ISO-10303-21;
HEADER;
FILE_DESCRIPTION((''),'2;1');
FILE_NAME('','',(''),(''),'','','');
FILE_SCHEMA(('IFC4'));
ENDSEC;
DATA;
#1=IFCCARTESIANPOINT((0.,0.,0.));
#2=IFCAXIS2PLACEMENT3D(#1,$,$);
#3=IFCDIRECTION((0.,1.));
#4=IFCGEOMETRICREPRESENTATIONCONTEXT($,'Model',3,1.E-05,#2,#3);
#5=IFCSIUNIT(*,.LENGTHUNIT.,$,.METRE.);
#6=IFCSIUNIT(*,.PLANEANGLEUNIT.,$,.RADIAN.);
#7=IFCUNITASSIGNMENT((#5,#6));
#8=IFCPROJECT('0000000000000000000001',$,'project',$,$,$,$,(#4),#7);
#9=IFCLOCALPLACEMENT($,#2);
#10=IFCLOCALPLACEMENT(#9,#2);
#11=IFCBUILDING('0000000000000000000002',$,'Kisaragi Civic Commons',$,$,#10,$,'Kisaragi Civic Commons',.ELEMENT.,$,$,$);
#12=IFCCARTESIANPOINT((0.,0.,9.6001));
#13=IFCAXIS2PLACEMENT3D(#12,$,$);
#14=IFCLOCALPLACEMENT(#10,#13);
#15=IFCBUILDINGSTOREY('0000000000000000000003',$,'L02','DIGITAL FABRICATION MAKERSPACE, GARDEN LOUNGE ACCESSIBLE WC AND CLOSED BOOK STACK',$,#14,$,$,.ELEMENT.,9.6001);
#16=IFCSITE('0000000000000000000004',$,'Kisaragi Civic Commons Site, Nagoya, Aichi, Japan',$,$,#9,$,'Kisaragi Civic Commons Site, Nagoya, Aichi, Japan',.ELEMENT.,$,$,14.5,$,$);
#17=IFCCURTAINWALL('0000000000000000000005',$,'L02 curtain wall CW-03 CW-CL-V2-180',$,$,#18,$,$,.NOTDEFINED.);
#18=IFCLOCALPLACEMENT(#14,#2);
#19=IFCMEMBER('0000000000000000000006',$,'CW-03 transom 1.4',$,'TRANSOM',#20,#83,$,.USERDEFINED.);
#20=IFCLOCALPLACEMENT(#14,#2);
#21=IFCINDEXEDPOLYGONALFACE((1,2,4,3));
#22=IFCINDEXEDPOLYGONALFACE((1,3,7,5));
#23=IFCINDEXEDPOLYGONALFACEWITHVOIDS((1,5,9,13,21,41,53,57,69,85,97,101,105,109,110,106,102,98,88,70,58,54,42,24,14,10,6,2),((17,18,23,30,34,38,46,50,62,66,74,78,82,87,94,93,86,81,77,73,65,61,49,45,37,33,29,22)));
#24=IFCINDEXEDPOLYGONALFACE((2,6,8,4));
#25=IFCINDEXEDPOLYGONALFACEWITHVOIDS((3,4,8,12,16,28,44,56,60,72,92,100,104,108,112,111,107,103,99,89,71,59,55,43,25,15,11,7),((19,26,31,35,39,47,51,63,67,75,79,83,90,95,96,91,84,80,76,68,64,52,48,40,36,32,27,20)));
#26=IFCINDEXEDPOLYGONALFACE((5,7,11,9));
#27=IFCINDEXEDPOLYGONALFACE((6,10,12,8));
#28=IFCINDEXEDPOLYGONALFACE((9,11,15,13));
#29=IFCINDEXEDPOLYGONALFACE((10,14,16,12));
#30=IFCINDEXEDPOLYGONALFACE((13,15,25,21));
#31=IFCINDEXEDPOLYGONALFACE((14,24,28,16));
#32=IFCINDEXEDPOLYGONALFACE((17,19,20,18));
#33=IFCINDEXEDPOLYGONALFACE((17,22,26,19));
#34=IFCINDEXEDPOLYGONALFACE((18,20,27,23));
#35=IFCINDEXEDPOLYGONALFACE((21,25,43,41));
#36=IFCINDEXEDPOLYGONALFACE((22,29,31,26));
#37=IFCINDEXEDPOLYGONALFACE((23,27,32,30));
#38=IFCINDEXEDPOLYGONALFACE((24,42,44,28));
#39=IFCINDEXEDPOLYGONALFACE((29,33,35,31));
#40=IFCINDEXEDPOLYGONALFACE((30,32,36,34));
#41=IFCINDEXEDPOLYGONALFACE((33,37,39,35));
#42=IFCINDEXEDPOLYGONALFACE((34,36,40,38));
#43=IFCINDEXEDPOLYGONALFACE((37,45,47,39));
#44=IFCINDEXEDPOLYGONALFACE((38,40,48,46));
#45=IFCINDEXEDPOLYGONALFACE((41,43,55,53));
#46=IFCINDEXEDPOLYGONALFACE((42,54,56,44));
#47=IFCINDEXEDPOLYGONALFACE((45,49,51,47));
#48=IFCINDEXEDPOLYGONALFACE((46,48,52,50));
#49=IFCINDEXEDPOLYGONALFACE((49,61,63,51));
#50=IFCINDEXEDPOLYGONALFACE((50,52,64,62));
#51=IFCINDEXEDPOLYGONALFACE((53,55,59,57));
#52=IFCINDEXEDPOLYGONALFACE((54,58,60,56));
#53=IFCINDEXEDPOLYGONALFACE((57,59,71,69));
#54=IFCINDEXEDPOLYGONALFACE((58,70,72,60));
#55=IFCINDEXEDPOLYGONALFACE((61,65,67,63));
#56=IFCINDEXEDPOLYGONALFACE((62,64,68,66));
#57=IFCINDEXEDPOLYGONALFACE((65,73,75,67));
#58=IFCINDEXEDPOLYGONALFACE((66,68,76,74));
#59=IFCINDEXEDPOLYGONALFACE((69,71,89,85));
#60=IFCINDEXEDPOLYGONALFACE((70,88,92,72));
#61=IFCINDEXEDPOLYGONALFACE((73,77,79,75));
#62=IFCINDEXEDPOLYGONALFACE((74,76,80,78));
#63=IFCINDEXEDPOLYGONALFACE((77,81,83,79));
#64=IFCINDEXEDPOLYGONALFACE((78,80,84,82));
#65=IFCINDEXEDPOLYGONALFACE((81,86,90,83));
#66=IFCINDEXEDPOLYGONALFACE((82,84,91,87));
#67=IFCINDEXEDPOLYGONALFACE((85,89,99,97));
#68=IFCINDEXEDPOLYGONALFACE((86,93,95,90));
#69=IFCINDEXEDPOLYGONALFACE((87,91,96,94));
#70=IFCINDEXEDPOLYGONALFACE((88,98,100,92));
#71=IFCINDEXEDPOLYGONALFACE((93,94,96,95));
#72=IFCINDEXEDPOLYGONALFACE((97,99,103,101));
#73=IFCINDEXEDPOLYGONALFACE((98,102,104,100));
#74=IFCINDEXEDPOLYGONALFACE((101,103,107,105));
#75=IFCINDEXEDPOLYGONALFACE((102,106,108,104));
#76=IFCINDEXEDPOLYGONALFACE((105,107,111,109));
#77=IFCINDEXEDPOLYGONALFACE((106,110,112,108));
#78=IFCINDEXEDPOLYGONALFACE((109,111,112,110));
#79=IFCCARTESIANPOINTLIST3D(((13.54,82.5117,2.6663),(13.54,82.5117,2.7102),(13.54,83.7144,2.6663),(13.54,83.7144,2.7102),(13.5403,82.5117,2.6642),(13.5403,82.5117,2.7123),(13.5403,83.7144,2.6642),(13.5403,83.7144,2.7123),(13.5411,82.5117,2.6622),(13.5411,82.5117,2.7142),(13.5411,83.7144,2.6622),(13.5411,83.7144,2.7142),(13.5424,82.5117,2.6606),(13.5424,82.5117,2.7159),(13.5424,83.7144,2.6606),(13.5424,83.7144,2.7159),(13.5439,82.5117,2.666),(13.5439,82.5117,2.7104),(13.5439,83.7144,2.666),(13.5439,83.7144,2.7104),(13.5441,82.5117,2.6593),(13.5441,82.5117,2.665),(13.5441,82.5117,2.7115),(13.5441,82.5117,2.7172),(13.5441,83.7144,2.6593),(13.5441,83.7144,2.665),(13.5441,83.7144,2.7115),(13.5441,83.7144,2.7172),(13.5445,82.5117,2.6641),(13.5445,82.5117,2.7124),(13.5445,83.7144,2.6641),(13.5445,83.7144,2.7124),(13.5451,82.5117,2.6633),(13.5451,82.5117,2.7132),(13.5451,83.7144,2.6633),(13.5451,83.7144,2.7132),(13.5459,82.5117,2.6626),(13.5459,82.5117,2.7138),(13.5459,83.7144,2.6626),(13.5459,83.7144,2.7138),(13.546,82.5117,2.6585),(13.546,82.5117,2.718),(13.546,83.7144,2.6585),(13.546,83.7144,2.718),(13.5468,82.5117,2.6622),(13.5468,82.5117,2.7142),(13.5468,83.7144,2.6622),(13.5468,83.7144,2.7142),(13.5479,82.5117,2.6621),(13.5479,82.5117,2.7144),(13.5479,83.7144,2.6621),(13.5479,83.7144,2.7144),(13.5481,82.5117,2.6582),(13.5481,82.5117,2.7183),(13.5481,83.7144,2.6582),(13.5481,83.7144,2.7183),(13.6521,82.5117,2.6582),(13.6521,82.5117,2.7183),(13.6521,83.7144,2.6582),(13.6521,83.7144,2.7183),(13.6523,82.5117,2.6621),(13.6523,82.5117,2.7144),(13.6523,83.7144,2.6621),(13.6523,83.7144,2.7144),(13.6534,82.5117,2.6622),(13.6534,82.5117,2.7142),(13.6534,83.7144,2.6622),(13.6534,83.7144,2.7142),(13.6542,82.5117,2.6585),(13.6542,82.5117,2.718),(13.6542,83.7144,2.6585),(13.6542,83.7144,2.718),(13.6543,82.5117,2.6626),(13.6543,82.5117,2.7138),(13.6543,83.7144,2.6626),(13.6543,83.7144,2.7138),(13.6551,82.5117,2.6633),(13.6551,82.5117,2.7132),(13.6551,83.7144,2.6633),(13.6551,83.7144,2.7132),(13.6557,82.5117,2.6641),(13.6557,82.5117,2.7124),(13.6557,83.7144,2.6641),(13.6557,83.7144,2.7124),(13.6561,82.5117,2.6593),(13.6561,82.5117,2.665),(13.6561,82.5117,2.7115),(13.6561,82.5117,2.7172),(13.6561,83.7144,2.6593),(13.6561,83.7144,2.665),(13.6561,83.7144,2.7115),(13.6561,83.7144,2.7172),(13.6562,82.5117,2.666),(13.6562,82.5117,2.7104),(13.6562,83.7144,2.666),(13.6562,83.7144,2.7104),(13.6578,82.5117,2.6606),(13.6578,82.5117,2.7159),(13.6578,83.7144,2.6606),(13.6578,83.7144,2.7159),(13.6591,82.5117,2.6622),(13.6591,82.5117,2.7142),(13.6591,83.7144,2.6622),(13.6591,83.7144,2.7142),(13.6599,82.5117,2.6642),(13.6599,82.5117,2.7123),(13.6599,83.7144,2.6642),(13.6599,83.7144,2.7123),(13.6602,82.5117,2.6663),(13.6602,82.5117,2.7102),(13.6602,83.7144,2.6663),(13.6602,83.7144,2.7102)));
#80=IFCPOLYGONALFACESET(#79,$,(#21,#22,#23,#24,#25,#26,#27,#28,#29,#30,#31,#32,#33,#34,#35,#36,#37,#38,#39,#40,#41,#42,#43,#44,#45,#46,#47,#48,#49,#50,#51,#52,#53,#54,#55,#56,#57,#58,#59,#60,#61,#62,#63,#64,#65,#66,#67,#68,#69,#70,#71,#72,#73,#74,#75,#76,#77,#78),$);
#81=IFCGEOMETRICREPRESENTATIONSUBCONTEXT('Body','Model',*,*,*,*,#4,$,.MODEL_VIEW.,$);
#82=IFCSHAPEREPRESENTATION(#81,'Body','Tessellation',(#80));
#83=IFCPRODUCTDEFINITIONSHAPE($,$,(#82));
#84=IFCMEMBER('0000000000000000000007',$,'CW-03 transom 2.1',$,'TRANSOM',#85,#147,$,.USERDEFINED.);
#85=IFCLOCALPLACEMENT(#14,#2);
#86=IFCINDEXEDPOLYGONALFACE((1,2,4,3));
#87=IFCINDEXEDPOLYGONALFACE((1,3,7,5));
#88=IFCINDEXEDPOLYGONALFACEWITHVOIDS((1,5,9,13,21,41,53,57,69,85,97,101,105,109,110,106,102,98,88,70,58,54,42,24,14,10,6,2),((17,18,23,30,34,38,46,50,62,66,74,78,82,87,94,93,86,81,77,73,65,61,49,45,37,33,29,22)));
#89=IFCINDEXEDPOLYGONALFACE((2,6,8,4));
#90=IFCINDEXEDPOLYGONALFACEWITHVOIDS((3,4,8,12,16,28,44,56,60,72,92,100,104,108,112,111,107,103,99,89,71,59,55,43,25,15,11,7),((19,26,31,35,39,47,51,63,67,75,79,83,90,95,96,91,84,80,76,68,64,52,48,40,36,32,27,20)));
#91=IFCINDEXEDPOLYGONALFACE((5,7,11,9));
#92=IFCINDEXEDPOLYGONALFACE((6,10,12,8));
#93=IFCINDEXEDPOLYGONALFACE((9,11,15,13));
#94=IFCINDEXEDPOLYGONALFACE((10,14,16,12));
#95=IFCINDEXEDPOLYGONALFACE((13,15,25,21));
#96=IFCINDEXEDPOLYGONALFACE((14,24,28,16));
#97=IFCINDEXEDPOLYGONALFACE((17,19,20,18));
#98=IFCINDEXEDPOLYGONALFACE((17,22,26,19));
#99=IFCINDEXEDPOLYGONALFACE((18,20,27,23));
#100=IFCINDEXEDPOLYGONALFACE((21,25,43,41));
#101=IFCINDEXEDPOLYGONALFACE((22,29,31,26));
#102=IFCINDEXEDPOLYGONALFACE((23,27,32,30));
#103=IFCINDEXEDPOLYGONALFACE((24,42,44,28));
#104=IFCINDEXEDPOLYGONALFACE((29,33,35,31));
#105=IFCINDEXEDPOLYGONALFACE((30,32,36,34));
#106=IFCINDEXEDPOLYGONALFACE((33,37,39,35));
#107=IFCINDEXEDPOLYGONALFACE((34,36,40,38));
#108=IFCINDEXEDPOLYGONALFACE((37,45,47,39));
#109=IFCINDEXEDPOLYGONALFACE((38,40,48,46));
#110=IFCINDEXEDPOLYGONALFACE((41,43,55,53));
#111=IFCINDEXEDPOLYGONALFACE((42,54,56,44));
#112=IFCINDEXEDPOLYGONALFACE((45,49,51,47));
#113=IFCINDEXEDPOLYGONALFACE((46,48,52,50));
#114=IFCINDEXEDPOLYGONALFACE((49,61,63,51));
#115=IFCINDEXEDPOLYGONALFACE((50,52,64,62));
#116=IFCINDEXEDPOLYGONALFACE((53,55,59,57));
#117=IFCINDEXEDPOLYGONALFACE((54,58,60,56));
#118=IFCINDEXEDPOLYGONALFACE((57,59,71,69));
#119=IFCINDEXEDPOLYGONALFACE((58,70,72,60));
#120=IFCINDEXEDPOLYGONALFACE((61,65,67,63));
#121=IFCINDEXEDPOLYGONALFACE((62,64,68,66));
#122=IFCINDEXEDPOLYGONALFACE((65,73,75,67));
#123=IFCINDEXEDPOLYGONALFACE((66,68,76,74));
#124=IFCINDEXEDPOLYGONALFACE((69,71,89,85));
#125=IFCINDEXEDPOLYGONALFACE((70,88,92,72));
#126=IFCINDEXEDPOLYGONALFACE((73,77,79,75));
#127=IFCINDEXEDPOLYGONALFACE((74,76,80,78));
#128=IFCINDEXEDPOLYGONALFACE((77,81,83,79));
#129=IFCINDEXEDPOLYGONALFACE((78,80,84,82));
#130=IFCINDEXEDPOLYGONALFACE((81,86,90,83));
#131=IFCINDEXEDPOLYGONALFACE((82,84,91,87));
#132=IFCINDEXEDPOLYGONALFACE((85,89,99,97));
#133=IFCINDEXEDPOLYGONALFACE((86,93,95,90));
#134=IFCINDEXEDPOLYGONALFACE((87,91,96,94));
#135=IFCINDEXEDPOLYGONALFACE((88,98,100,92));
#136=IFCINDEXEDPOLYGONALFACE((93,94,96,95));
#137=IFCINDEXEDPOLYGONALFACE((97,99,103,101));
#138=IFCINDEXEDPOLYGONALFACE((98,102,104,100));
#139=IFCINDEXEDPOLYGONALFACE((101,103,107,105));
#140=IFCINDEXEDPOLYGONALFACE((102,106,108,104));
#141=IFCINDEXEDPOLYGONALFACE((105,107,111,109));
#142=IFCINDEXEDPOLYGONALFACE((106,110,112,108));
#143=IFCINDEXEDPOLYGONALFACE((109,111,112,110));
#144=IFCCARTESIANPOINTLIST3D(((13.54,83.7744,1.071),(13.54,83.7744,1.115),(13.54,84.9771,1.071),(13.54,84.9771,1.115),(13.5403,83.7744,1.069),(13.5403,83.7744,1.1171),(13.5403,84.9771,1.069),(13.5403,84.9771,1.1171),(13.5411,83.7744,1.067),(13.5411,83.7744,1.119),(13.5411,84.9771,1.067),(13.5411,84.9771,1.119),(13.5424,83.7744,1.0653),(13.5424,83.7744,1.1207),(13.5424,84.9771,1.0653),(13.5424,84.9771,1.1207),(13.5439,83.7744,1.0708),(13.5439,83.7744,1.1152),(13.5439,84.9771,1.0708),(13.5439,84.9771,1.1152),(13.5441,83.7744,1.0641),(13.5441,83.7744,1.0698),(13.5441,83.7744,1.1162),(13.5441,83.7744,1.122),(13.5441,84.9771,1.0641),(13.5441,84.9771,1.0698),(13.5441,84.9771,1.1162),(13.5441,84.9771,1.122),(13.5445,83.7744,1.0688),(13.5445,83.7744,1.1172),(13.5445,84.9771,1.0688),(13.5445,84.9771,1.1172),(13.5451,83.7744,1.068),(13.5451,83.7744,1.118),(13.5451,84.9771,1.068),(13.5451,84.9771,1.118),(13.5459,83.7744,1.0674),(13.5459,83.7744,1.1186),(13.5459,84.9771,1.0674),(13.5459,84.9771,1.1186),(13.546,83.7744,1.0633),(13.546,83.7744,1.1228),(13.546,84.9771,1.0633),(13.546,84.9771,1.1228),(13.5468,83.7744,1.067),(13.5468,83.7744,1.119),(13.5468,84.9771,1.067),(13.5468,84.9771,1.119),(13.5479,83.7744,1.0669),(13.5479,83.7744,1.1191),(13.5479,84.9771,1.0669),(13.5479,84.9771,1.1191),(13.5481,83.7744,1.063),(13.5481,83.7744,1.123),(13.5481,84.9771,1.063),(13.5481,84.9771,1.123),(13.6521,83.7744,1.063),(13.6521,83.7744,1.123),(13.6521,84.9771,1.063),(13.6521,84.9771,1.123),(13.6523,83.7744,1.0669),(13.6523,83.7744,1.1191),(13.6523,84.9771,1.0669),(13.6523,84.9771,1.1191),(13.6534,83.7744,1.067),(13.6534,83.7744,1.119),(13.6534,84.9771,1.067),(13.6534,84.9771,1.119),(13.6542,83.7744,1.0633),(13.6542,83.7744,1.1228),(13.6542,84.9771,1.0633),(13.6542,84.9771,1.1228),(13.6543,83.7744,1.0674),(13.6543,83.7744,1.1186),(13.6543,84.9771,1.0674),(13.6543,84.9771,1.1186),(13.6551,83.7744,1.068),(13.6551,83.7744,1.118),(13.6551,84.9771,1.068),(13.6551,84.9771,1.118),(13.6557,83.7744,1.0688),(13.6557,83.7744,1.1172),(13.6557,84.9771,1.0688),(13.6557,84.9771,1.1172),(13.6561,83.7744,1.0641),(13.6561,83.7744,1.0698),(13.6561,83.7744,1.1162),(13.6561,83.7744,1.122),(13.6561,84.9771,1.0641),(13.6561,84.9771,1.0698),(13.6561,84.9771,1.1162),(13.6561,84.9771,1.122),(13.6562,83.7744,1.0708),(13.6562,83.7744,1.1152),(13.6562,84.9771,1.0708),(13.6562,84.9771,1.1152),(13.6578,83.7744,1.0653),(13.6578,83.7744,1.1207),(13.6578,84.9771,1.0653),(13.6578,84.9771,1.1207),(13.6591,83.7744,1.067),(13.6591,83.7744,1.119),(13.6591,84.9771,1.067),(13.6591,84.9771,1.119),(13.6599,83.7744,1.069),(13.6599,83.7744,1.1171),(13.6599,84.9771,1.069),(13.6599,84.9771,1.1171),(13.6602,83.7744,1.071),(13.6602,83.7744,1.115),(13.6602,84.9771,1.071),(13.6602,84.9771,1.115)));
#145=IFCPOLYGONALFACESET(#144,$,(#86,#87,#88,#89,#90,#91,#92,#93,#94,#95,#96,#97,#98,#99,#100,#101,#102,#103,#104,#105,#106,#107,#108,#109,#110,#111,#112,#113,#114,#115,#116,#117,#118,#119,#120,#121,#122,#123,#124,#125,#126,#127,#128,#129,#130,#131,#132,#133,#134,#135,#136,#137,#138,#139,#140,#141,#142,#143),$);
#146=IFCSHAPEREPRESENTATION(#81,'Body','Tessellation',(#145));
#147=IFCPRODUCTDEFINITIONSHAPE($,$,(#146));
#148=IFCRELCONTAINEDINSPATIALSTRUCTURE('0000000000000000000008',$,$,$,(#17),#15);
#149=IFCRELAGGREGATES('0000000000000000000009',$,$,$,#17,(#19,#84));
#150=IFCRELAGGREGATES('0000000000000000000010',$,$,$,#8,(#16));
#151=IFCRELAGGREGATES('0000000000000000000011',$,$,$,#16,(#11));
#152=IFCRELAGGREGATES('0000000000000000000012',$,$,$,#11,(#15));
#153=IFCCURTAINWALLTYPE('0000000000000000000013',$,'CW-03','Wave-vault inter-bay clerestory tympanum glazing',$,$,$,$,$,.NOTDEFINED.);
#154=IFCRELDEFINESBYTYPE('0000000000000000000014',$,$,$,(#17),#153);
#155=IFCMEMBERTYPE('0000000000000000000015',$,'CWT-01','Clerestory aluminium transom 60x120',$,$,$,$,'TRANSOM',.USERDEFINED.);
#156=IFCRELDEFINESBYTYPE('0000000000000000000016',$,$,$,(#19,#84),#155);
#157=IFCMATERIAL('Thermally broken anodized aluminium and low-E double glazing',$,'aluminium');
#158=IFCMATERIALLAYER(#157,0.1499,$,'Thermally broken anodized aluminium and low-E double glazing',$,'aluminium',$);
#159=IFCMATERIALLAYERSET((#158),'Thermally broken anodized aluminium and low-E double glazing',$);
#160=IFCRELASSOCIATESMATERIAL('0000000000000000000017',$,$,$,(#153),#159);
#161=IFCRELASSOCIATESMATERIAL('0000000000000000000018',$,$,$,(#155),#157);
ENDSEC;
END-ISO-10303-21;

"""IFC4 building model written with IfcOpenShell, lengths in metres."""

from ifc_helpers import new_model, si_unit, direction, frame, origin, origin_2d, place, context, subcontext, project, spatial, hollow_rectangle, extrude, material, layer, layer_set, material_profile, profile_set, type_object, element, aggregate, save


model = new_model("IFC4")

# Units and contexts
model_context = context("Model", 3, precision=1e-05, world=origin(), true_north=direction((0.0, 1.0)))
body_context = subcontext(model_context, "Body", "Model", "MODEL_VIEW")
ifc_project = project(units=[si_unit("LENGTHUNIT", "METRE"), si_unit("PLANEANGLEUNIT", "RADIAN")], contexts=[model_context])

# Site, building, storey
site_placement = place(None, origin())
site = spatial("IfcSite", under=ifc_project, at=site_placement, Name="Kisaragi Civic Commons Site, Nagoya, Aichi, Japan", LongName="Kisaragi Civic Commons Site, Nagoya, Aichi, Japan", CompositionType="ELEMENT", RefElevation=14.5)
building_placement = place(site_placement, origin())
building = spatial("IfcBuilding", under=site, at=building_placement, Name="Kisaragi Civic Commons", LongName="Kisaragi Civic Commons", CompositionType="ELEMENT")
storey_placement = place(building_placement, frame((0.0, 0.0, 9.6001)))
storey = spatial("IfcBuildingStorey", under=building, at=storey_placement, Name="L02", Description="DIGITAL FABRICATION MAKERSPACE, GARDEN LOUNGE ACCESSIBLE WC AND CLOSED BOOK STACK", CompositionType="ELEMENT", Elevation=9.6001)

# Shared definitions
ifc_material_1 = material(Name="Thermally broken anodized aluminium and low-E double glazing", Category="aluminium")
ifc_layer_1 = layer(ifc_material_1, 0.1499, Name="Thermally broken anodized aluminium and low-E double glazing", Category="aluminium")
ifc_layer_set_1 = layer_set([ifc_layer_1], Name="Thermally broken anodized aluminium and low-E double glazing")
curtain_wall_type = type_object("IfcCurtainWallType", Name="CW-03", Description="Wave-vault inter-bay clerestory tympanum glazing", PredefinedType="NOTDEFINED", material=ifc_layer_set_1)

# Curtain wall
curtain_wall_1_placement = place(storey_placement, origin())
curtain_wall_1 = element("IfcCurtainWall", 1, at=curtain_wall_1_placement, inside=storey, type_object=curtain_wall_type, Name="L02 curtain wall CW-03 CW-CL-V2-180", PredefinedType="NOTDEFINED")

# Members
ifc_material_profile_1 = material_profile(ifc_material_1, hollow_rectangle(XDim=0.1201, YDim=0.0601, WallThickness=0.0039, InnerFilletRadius=0.0039, OuterFilletRadius=0.0081, at=origin_2d()), Name="CWT-60x120x4", Category="aluminium")
ifc_profile_set_1 = profile_set([ifc_material_profile_1], Name="Thermally broken anodized aluminium and low-E double glazing")
member_type_1 = type_object("IfcMemberType", Name="CWT-01", Description="Clerestory aluminium transom 60x120", ElementType="TRANSOM", PredefinedType="USERDEFINED", material=ifc_profile_set_1)
member_1_placement = place(storey_placement, frame((13.6001, 82.5117, 2.6882), z_axis=(0.0, 1.0, 0.0), x_axis=(-1.0, 0.0, 0.0)))
member_1 = element("IfcMember", 2, at=member_1_placement, type_object=member_type_1, Name="CW-03 transom 1.4", ObjectType="TRANSOM", PredefinedType="USERDEFINED", context=body_context, shape_type="SweptSolid", body=[
    extrude(hollow_rectangle(XDim=0.1201, YDim=0.0601, WallThickness=0.0039, InnerFilletRadius=0.0039, OuterFilletRadius=0.0081, at=origin_2d()), origin(), (0.0, 0.0, 1.0), 1.2026),
])
member_2_placement = place(storey_placement, frame((13.6001, 83.7744, 1.093), z_axis=(0.0, 1.0, 0.0), x_axis=(-1.0, 0.0, 0.0)))
member_2 = element("IfcMember", 3, at=member_2_placement, type_object=member_type_1, Name="CW-03 transom 2.1", ObjectType="TRANSOM", PredefinedType="USERDEFINED", context=body_context, shape_type="SweptSolid", body=[
    extrude(hollow_rectangle(XDim=0.1201, YDim=0.0601, WallThickness=0.0039, InnerFilletRadius=0.0039, OuterFilletRadius=0.0081, at=origin_2d()), origin(), (0.0, 0.0, 1.0), 1.2026),
])

aggregate(curtain_wall_1, [member_1, member_2])

save(model, "model.ifc")
